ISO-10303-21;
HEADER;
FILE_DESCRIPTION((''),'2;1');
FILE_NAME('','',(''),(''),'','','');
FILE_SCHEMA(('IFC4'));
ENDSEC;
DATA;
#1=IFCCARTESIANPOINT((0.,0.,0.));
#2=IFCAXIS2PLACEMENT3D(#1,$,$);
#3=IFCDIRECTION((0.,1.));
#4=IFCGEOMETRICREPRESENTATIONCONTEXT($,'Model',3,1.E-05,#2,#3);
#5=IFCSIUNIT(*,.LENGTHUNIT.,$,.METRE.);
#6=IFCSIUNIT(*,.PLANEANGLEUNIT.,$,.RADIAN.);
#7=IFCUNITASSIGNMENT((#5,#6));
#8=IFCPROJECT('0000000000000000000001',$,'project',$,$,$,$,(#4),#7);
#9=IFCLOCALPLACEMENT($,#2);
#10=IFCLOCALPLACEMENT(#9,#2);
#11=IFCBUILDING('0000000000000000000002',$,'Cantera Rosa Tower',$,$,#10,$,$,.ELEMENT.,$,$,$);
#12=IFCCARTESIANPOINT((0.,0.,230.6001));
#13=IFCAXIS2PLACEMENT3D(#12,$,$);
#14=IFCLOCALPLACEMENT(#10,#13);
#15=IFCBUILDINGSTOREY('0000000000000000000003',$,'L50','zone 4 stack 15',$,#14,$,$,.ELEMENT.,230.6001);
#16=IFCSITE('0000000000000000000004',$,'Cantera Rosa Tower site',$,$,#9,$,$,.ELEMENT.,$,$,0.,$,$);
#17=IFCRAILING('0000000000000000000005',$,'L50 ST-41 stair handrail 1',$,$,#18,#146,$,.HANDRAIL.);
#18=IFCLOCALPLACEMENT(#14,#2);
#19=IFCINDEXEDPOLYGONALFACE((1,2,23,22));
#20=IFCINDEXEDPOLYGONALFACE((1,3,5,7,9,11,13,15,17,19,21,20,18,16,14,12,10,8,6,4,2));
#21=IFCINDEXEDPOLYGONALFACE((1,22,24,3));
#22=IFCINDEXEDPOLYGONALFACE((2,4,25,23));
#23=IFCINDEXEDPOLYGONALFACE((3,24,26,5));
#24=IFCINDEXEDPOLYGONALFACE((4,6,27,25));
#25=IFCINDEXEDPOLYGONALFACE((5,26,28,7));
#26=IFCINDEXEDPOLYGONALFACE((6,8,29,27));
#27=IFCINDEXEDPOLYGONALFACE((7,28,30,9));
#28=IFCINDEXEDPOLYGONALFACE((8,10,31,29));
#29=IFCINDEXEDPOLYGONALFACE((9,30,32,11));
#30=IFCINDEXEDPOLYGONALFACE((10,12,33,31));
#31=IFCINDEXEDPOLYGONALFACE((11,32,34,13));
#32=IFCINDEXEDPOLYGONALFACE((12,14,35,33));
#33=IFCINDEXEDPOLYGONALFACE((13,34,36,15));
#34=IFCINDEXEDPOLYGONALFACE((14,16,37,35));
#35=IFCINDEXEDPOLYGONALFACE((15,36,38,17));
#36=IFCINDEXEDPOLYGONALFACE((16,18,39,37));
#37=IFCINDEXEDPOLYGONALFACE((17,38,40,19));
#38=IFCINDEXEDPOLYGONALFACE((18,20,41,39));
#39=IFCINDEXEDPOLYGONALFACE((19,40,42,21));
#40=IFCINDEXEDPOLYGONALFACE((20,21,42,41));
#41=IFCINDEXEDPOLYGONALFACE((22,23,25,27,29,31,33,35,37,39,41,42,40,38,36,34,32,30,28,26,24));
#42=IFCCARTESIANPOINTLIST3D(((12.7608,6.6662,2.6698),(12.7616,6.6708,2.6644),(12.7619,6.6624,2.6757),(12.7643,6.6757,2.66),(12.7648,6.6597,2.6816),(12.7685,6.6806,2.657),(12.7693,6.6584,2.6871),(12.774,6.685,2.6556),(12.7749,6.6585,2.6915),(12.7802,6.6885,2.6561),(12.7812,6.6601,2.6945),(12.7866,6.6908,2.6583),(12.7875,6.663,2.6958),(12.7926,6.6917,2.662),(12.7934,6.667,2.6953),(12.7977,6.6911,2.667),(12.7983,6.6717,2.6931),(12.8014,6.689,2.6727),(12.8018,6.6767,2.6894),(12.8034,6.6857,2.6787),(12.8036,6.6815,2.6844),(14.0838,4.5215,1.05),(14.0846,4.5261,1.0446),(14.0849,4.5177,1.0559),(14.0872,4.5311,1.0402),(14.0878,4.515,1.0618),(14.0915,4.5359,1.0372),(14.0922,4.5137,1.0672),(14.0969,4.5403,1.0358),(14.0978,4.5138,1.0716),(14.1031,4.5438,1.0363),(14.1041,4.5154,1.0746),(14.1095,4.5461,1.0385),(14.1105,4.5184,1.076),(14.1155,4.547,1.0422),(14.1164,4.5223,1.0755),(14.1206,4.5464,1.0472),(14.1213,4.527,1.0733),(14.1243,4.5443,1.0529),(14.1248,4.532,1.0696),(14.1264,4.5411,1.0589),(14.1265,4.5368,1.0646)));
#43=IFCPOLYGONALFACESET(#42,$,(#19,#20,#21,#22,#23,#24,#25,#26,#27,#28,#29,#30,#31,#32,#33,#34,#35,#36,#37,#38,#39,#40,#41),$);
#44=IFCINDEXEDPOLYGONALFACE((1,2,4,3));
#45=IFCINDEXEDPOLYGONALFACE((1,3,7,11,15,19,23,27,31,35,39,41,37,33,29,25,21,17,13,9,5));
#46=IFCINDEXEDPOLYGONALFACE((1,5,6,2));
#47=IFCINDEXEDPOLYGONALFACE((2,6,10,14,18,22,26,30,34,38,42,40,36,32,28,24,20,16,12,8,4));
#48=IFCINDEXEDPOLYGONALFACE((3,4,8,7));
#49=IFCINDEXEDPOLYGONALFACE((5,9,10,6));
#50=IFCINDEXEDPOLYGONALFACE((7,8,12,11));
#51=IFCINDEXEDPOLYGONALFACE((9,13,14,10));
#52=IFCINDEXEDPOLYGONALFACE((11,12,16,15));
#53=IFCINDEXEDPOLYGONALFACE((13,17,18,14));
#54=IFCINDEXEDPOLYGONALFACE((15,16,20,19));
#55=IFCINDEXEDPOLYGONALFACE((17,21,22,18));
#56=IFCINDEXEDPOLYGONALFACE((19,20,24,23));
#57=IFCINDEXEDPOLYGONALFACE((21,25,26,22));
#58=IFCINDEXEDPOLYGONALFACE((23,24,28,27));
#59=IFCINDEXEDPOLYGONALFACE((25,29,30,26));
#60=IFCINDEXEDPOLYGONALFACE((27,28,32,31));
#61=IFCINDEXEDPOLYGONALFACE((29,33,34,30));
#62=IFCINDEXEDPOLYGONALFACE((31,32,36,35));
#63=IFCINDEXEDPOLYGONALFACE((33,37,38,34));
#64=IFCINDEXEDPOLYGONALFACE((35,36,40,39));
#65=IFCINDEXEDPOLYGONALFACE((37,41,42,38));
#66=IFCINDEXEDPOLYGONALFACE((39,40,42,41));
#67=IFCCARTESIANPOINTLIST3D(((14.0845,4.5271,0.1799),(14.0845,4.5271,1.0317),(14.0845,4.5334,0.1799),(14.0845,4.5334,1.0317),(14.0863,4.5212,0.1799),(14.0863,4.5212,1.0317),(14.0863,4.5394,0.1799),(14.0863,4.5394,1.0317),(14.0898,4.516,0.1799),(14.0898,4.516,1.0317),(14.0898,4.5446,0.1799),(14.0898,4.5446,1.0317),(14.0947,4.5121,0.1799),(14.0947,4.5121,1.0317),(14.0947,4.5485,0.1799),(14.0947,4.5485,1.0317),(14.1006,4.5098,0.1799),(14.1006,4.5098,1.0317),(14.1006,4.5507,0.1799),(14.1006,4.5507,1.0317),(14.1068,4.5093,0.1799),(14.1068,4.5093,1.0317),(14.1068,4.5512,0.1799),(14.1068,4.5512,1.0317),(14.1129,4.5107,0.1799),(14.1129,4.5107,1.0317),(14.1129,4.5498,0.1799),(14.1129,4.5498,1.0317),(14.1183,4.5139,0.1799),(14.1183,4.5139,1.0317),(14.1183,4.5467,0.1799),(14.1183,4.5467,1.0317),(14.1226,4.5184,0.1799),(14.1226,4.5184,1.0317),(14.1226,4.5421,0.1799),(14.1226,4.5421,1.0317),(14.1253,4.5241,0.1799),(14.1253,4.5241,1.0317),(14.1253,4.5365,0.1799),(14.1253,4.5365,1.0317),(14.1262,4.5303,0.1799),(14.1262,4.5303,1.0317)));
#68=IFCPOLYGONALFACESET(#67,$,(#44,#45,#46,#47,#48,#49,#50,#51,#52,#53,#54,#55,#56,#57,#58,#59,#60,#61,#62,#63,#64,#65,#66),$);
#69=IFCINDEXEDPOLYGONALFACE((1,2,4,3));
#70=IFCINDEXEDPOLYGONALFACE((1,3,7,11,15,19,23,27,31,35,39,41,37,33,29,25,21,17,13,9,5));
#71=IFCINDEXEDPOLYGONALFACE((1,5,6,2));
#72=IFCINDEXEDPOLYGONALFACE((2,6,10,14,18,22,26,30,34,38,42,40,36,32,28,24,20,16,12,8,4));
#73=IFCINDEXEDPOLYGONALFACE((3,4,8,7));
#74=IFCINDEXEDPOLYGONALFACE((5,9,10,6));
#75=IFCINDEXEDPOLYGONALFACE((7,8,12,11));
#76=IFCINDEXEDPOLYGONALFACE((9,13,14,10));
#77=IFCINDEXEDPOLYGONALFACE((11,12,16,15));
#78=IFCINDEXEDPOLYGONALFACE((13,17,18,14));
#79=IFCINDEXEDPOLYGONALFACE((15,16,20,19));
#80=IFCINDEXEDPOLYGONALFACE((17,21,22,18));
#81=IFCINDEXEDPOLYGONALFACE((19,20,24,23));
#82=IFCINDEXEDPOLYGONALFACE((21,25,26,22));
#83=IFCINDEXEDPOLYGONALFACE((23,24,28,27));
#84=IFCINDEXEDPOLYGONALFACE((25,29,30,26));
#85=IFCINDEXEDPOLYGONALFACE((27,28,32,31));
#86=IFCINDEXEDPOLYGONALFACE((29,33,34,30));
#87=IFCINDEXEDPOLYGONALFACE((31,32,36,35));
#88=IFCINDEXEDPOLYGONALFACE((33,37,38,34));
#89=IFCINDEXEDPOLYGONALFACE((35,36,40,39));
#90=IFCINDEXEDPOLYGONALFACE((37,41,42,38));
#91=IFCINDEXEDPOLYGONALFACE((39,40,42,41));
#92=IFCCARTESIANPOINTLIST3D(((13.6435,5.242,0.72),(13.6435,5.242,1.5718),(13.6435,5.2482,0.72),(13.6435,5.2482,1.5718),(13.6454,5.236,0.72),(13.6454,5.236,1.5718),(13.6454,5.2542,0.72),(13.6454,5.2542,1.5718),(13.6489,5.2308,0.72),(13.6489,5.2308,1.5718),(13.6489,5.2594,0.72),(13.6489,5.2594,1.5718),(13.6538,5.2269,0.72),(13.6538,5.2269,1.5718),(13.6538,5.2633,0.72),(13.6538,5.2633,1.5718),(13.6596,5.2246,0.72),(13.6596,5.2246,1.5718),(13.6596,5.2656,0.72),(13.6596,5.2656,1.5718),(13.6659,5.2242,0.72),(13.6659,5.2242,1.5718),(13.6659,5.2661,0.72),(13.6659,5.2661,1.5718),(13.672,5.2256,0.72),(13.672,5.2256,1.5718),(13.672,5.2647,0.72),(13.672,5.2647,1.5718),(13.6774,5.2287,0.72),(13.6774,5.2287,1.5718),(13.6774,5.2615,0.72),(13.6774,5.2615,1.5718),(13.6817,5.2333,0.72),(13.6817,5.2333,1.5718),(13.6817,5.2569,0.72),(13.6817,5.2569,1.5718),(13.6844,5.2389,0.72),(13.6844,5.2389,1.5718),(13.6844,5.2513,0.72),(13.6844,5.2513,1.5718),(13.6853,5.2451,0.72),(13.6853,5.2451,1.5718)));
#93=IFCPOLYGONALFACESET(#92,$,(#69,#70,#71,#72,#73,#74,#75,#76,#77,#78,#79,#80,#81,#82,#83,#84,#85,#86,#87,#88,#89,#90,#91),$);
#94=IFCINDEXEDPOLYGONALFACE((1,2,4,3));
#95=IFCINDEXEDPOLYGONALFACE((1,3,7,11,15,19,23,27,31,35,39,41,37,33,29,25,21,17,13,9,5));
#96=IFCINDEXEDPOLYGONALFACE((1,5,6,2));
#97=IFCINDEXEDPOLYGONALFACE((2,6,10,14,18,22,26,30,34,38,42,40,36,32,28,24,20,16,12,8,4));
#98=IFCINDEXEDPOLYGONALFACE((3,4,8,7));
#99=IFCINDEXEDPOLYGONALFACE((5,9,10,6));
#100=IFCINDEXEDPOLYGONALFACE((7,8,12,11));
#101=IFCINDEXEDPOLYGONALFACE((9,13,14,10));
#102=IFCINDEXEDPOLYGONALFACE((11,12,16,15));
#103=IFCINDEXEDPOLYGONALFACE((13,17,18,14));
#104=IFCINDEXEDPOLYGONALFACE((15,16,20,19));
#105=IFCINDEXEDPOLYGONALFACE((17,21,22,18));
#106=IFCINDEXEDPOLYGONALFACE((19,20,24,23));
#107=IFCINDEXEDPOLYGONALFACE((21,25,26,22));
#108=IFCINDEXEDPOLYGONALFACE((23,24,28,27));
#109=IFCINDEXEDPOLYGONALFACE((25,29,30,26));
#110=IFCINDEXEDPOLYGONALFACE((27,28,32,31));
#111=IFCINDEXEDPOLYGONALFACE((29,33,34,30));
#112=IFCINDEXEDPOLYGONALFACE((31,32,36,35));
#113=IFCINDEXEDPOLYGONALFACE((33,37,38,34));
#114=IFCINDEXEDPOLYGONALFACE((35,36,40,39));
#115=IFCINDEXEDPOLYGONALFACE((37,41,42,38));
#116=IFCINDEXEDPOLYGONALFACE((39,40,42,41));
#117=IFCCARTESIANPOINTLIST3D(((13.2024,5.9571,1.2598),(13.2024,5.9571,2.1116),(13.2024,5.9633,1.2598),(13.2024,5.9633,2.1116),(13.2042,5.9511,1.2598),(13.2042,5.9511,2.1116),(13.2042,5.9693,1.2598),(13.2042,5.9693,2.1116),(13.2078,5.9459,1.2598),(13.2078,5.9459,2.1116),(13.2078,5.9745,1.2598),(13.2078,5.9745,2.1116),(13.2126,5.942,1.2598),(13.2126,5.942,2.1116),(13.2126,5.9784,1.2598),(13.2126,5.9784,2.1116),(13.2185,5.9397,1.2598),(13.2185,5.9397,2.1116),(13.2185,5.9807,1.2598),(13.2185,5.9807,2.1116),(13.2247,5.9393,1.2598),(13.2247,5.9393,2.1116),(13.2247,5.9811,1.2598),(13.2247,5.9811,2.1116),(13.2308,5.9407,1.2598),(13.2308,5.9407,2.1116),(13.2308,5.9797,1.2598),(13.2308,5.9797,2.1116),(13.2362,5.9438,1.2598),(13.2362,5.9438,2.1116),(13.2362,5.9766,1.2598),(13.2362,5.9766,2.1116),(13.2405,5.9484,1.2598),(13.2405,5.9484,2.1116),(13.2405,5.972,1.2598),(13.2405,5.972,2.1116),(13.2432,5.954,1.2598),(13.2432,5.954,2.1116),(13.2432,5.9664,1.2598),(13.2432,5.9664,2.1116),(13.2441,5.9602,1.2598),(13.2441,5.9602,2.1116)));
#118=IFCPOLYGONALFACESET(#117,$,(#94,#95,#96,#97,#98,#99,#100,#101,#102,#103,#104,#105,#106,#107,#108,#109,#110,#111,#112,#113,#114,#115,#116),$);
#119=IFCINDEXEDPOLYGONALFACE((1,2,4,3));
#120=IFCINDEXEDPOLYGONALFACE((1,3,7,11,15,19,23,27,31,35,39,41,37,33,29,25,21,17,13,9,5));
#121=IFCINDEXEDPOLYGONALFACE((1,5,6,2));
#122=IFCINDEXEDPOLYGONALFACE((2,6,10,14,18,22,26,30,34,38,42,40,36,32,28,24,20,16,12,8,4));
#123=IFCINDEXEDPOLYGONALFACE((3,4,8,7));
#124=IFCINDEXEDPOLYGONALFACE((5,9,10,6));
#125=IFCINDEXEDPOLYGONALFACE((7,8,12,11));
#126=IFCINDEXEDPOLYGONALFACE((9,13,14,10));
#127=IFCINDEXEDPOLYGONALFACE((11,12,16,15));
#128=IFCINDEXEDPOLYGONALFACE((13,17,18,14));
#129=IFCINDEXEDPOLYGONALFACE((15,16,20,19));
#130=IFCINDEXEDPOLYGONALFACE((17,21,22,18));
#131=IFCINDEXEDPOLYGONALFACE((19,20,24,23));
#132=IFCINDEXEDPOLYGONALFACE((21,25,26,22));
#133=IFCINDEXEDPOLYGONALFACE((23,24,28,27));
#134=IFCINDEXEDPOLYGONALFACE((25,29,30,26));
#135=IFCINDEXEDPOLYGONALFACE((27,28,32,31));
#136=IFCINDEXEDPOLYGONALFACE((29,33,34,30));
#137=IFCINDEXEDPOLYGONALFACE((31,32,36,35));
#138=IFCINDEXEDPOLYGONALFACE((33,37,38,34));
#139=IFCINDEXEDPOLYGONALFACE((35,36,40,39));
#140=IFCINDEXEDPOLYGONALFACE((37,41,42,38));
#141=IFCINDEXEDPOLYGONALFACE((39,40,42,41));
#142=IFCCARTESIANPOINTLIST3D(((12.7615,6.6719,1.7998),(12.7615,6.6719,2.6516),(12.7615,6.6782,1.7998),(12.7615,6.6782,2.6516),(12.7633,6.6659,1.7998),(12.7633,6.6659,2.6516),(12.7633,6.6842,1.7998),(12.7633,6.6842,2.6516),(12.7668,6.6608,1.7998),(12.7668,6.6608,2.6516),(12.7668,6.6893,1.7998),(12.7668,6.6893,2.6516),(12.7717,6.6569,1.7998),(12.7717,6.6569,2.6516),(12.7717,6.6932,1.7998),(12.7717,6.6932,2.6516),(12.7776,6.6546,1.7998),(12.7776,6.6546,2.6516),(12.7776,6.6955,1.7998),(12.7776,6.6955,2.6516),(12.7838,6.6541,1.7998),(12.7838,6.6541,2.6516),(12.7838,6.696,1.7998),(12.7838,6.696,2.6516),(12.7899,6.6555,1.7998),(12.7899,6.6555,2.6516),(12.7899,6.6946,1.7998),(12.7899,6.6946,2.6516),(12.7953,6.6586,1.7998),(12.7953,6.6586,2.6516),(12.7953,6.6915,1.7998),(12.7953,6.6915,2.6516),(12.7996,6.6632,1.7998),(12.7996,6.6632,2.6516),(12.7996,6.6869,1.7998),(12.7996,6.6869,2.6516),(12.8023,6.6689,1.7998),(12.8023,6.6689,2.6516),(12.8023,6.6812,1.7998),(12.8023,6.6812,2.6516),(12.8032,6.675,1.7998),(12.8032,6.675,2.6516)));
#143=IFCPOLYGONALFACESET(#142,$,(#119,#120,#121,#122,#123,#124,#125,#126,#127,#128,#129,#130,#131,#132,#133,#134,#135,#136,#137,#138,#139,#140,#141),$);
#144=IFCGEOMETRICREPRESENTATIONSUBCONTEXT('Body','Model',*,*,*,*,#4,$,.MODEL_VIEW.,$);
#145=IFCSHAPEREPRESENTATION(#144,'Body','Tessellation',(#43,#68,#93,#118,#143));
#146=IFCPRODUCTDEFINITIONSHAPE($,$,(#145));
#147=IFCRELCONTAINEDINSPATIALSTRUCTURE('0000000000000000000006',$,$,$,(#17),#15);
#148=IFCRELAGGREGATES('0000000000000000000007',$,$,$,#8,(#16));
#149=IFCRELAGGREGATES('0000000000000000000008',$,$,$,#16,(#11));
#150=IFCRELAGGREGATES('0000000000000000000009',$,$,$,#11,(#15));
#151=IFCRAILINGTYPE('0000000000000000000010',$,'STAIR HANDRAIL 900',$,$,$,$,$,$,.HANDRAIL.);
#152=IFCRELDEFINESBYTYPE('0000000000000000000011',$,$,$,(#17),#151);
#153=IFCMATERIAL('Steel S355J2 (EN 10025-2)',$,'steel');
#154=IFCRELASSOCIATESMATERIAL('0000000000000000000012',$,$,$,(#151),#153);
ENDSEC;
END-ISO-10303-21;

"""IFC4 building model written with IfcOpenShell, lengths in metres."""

from ifc_helpers import new_model, si_unit, direction, frame, origin, origin_2d, place, context, subcontext, project, spatial, circle, extrude, material, type_object, element, save


model = new_model("IFC4")

# Units and contexts
model_context = context("Model", 3, precision=1e-05, world=origin(), true_north=direction((0.0, 1.0)))
body_context = subcontext(model_context, "Body", "Model", "MODEL_VIEW")
ifc_project = project(units=[si_unit("LENGTHUNIT", "METRE"), si_unit("PLANEANGLEUNIT", "RADIAN")], contexts=[model_context])

# Site, building, storey
site_placement = place(None, origin())
site = spatial("IfcSite", under=ifc_project, at=site_placement, Name="Cantera Rosa Tower site", CompositionType="ELEMENT", RefElevation=0.0)
building_placement = place(site_placement, origin())
building = spatial("IfcBuilding", under=site, at=building_placement, Name="Cantera Rosa Tower", CompositionType="ELEMENT")
storey_placement = place(building_placement, frame((0.0, 0.0, 230.6001)))
storey = spatial("IfcBuildingStorey", under=building, at=storey_placement, Name="L50", Description="zone 4 stack 15", CompositionType="ELEMENT", Elevation=230.6001)

# Railing
ifc_material_1 = material(Name="Steel S355J2 (EN 10025-2)", Category="steel")
railing_type_1 = type_object("IfcRailingType", Name="STAIR HANDRAIL 900", PredefinedType="HANDRAIL", material=ifc_material_1)
railing_1_placement = place(storey_placement, frame((14.1052, 4.5303, 0.1799)))
element("IfcRailing", 1, at=railing_1_placement, inside=storey, type_object=railing_type_1, Name="L50 ST-41 stair handrail 1", PredefinedType="HANDRAIL", context=body_context, shape_type="SweptSolid", body=[
    extrude(circle(Radius=0.0239, at=origin_2d()), frame((0.0, 0.0, 0.876), z_axis=(-0.441629, 0.715945, 0.540728), x_axis=(-0.851102, -0.525, 0.0)), (0.0, 0.0, 1.0), 2.9956),
    extrude(circle(Radius=0.021, at=origin_2d()), origin(), (0.0, 0.0, 1.0), 0.8518),
    extrude(circle(Radius=0.021, at=origin_2d()), frame((-0.4409, 0.7148, 0.54)), (0.0, 0.0, 1.0), 0.8518),
    extrude(circle(Radius=0.021, at=origin_2d()), frame((-0.8821, 1.4299, 1.0798)), (0.0, 0.0, 1.0), 0.8518),
    extrude(circle(Radius=0.021, at=origin_2d()), frame((-1.323, 2.1448, 1.6199)), (0.0, 0.0, 1.0), 0.8518),
])

save(model, "model.ifc")
